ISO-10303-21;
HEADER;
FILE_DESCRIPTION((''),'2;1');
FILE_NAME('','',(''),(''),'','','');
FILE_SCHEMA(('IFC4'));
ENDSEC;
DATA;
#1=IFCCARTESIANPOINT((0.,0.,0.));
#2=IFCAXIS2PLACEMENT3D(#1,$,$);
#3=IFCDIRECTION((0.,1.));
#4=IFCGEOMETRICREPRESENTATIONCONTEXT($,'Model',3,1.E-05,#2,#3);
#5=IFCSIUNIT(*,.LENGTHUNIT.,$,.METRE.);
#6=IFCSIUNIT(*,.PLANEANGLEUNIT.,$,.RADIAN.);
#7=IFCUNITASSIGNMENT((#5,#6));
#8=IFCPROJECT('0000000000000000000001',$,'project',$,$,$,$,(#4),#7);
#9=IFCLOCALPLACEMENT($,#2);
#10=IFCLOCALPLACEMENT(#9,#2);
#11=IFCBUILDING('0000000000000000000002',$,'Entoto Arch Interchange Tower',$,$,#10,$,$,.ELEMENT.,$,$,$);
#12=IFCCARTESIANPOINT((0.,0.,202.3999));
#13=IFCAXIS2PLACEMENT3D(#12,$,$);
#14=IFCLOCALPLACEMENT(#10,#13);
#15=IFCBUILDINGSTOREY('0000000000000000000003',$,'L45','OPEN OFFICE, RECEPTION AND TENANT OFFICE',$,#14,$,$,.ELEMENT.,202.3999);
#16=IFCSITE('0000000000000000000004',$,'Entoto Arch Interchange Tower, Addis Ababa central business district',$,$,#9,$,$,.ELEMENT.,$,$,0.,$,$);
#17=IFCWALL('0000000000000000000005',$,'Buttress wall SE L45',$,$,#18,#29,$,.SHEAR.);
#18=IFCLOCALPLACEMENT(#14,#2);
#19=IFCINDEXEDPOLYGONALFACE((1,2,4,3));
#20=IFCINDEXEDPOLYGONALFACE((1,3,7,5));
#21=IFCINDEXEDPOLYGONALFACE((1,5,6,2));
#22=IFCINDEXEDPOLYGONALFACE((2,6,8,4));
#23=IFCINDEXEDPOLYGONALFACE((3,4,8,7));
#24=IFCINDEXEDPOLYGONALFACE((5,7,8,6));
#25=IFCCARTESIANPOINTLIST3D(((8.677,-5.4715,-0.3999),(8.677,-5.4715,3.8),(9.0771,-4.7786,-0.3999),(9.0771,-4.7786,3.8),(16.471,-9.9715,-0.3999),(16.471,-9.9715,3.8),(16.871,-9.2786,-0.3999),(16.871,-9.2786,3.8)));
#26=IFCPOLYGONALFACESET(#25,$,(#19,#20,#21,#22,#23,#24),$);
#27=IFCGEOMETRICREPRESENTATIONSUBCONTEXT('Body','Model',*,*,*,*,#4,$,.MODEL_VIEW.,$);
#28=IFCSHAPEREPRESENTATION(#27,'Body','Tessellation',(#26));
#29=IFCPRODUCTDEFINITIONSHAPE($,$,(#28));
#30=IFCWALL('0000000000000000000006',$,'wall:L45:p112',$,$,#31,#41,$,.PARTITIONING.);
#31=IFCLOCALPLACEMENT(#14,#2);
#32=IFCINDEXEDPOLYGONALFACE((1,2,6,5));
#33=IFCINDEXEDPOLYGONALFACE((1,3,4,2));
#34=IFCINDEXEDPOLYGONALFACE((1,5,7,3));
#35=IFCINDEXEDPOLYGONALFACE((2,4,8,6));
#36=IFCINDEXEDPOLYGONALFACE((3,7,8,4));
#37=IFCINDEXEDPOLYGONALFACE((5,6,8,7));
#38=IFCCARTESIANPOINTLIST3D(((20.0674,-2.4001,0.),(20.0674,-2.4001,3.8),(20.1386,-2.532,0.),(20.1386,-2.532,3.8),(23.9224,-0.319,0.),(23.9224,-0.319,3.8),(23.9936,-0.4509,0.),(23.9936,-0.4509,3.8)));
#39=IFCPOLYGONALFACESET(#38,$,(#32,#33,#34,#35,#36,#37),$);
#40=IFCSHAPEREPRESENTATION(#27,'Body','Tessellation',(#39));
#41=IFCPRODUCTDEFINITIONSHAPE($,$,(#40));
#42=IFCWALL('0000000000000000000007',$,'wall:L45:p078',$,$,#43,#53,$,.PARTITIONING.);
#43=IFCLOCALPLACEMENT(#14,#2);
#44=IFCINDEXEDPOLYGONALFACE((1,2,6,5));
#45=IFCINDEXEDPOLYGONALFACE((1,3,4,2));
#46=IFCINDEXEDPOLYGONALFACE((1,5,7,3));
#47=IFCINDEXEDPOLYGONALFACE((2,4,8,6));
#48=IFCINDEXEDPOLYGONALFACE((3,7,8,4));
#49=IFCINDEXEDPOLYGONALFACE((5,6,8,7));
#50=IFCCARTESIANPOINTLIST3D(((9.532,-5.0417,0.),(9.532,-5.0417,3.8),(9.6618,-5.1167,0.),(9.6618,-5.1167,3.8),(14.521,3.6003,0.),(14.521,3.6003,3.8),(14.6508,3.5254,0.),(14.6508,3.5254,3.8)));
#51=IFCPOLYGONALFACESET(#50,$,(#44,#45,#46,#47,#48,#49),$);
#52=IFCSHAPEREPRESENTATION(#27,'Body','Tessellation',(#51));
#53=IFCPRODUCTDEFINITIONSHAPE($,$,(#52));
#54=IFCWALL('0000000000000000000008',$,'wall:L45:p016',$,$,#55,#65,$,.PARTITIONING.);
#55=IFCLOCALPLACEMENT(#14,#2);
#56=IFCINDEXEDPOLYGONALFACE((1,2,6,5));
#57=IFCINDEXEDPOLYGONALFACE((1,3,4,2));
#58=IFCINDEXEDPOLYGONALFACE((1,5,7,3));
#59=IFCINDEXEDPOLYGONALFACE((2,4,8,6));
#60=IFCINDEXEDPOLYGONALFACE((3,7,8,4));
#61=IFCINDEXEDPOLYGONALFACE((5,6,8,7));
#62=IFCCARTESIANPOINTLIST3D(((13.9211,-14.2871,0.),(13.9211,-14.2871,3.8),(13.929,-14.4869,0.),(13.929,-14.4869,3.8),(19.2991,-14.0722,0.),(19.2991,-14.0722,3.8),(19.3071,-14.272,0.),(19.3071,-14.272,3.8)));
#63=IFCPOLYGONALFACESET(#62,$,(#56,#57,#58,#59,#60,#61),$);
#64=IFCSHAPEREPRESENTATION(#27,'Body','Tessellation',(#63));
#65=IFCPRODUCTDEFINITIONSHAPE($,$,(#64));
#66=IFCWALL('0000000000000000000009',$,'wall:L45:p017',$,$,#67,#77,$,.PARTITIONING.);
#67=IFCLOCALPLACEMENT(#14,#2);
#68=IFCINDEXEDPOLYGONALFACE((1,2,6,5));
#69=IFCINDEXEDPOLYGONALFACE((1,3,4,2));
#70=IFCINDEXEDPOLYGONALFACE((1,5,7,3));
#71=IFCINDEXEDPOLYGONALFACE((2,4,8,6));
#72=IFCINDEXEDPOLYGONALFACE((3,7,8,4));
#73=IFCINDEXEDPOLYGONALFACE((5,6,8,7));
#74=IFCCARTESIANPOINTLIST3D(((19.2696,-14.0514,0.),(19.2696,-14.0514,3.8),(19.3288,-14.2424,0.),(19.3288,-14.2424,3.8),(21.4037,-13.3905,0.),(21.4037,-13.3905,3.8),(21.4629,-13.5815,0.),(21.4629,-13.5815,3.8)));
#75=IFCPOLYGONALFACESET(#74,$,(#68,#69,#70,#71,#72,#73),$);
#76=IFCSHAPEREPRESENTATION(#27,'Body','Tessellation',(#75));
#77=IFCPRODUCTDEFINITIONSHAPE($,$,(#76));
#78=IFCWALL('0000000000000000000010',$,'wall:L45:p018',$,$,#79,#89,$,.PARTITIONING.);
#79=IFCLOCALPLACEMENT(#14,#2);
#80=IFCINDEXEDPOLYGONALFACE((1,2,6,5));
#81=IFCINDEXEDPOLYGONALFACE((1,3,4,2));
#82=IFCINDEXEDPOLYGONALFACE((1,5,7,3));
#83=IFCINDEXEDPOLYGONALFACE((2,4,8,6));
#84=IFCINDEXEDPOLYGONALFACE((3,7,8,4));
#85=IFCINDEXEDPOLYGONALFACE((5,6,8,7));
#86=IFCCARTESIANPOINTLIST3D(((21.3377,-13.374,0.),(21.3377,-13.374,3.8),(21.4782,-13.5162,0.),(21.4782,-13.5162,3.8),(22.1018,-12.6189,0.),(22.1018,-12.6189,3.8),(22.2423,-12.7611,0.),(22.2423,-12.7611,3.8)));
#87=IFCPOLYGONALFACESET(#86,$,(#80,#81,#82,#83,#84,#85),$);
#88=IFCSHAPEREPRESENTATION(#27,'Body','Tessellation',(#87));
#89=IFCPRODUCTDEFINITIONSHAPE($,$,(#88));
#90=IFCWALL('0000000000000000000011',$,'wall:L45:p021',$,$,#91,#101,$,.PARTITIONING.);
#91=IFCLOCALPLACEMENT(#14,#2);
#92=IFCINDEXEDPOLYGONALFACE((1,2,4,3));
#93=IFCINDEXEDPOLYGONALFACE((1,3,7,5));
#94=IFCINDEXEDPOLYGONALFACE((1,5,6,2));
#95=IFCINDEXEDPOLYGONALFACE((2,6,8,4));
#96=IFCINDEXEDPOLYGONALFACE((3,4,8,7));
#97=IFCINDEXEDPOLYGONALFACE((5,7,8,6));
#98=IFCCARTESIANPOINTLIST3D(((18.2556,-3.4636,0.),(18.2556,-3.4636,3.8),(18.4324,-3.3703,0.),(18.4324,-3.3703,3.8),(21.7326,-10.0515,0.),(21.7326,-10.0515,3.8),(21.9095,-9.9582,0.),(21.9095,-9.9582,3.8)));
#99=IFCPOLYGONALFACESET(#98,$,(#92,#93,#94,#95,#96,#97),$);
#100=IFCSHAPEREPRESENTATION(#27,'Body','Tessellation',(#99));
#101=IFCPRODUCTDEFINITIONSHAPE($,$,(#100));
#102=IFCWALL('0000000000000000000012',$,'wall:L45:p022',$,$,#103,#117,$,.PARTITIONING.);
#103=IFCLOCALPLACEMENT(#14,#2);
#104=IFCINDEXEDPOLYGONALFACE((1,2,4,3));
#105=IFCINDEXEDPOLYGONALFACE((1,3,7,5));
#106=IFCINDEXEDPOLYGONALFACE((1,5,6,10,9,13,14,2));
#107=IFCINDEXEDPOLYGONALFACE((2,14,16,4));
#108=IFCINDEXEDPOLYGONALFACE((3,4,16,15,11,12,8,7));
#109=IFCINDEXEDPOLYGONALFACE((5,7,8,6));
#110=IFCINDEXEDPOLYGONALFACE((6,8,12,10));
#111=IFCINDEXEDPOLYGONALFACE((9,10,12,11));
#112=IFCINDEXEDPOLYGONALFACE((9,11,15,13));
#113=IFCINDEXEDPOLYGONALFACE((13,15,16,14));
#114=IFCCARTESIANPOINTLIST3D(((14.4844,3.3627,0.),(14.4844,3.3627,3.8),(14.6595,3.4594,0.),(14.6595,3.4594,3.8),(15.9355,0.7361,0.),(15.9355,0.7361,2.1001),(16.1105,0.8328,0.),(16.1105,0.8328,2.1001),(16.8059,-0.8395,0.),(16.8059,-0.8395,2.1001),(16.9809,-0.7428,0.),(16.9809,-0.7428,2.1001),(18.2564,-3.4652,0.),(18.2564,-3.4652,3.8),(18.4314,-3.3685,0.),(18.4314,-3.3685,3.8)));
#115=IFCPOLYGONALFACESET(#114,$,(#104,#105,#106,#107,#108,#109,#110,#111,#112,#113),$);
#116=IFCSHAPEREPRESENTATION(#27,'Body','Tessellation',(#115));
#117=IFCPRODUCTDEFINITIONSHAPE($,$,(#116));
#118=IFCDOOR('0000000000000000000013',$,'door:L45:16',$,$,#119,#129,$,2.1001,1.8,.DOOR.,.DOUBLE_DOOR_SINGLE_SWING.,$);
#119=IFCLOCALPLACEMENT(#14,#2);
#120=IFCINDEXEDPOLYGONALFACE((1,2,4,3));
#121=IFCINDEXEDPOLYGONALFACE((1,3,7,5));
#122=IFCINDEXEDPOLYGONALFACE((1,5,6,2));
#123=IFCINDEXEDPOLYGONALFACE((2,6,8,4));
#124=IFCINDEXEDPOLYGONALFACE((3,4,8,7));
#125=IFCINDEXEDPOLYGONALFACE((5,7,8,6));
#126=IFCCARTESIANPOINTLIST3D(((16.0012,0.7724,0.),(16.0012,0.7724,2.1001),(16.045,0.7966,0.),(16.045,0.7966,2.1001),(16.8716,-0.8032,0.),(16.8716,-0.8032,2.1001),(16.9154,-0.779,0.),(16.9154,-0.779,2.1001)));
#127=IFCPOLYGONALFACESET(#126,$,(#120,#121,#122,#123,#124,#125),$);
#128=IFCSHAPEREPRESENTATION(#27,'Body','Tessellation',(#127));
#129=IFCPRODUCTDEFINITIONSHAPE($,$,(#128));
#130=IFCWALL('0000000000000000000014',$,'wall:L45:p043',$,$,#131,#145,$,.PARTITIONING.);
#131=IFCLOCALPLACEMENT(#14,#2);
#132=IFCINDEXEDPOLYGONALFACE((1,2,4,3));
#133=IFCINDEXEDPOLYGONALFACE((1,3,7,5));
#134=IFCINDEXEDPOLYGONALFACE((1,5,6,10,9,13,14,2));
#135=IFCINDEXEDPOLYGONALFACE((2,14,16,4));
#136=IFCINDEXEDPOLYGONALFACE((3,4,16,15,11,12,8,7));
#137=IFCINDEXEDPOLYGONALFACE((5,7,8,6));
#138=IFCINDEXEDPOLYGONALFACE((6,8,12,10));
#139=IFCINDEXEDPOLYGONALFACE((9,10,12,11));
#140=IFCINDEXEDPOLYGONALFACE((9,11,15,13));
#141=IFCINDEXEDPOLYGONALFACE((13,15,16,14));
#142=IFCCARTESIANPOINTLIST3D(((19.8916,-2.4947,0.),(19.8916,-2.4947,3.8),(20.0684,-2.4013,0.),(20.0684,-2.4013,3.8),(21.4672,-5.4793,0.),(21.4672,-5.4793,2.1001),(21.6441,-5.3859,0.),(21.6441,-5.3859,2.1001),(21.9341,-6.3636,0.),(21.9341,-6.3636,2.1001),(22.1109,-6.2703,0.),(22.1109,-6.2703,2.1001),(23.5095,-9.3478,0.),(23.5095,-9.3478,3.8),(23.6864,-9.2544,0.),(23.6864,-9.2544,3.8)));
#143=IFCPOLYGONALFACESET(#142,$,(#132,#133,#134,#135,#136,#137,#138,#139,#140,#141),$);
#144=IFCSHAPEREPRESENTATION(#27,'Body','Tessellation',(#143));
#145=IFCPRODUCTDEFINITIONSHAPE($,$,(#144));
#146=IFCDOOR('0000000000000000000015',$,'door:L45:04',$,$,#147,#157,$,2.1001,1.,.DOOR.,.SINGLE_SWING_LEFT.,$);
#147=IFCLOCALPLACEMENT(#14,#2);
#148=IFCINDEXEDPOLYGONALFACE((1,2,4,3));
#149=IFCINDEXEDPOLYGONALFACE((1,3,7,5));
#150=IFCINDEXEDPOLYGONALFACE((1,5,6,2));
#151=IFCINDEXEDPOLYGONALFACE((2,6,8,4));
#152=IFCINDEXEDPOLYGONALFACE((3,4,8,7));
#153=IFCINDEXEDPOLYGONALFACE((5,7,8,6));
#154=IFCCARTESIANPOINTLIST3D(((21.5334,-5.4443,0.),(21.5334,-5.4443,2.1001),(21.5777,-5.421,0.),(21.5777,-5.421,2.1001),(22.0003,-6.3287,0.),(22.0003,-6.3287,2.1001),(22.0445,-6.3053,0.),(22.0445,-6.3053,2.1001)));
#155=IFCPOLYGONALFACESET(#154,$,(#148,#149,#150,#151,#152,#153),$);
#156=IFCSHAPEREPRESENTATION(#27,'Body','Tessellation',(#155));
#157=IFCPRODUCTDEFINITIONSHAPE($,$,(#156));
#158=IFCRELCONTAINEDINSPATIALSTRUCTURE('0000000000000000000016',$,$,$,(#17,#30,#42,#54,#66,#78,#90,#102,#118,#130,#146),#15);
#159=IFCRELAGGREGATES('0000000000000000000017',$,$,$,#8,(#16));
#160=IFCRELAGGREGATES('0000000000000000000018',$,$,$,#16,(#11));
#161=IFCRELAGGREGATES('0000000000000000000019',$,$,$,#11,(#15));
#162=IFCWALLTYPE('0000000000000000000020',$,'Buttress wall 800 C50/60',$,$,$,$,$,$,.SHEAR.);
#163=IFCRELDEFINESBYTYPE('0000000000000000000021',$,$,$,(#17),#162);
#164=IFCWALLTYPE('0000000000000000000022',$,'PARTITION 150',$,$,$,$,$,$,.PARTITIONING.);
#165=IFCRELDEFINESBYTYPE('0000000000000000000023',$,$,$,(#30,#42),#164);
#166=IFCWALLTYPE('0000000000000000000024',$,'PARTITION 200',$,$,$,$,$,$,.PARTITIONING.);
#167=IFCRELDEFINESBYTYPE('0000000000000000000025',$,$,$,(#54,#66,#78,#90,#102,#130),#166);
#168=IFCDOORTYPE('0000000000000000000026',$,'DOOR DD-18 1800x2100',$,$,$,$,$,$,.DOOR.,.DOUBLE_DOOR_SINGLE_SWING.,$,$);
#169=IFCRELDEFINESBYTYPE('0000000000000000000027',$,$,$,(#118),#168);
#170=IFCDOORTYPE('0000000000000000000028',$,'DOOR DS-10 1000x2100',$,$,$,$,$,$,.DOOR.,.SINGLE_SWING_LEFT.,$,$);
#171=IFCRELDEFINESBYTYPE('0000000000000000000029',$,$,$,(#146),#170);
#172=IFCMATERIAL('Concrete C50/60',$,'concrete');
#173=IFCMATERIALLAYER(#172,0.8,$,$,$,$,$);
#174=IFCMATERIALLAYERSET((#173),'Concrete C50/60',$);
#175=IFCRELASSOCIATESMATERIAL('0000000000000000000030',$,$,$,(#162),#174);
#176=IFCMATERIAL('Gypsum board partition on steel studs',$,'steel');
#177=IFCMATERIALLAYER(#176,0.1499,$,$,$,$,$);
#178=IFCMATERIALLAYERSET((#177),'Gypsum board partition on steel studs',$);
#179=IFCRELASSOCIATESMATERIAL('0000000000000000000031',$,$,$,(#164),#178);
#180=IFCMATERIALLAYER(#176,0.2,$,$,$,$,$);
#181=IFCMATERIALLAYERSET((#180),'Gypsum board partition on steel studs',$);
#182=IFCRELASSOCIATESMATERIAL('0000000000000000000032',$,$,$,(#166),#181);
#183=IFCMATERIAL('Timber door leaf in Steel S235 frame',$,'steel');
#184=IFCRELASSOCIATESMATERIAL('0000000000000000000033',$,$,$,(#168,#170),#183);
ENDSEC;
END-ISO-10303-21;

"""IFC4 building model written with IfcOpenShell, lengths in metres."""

from ifc_helpers import new_model, si_unit, direction, frame, frame_2d, origin, place, context, subcontext, project, spatial, rectangle, extrude, material, layer, layer_set, type_object, element, fill, save


model = new_model("IFC4")

# Units and contexts
model_context = context("Model", 3, precision=1e-05, world=origin(), true_north=direction((0.0, 1.0)))
body_context = subcontext(model_context, "Body", "Model", "MODEL_VIEW")
ifc_project = project(units=[si_unit("LENGTHUNIT", "METRE"), si_unit("PLANEANGLEUNIT", "RADIAN")], contexts=[model_context])

# Site, building, storey
site_placement = place(None, origin())
site = spatial("IfcSite", under=ifc_project, at=site_placement, Name="Entoto Arch Interchange Tower, Addis Ababa central business district", CompositionType="ELEMENT", RefElevation=0.0)
building_placement = place(site_placement, origin())
building = spatial("IfcBuilding", under=site, at=building_placement, Name="Entoto Arch Interchange Tower", CompositionType="ELEMENT")
storey_placement = place(building_placement, frame((0.0, 0.0, 202.3999)))
storey = spatial("IfcBuildingStorey", under=building, at=storey_placement, Name="L45", Description="OPEN OFFICE, RECEPTION AND TENANT OFFICE", CompositionType="ELEMENT", Elevation=202.3999)

# Walls
ifc_material_1 = material(Name="Concrete C50/60", Category="concrete")
ifc_layer_1 = layer(ifc_material_1, 0.8)
ifc_layer_set_1 = layer_set([ifc_layer_1], Name="Concrete C50/60")
wall_type_1 = type_object("IfcWallType", Name="Buttress wall 800 C50/60", PredefinedType="SHEAR", material=ifc_layer_set_1)
wall_1_placement = place(storey_placement, frame((8.877, -5.125, -0.3999), z_axis=(0.0, 0.0, 1.0), x_axis=(0.866018, -0.500014, 0.0)))
element("IfcWall", 1, at=wall_1_placement, inside=storey, type_object=wall_type_1, Name="Buttress wall SE L45", PredefinedType="SHEAR", context=body_context, shape_type="SweptSolid", body=[
    extrude(rectangle(XDim=8.9998, YDim=0.8, at=frame_2d((4.5, 0.0))), origin(), (0.0, 0.0, 1.0), 4.2),
])
ifc_material_2 = material(Name="Gypsum board partition on steel studs", Category="steel")
ifc_layer_2 = layer(ifc_material_2, 0.1499)
ifc_layer_set_2 = layer_set([ifc_layer_2], Name="Gypsum board partition on steel studs")
wall_type_2 = type_object("IfcWallType", Name="PARTITION 150", PredefinedType="PARTITIONING", material=ifc_layer_set_2)
wall_2_placement = place(storey_placement, frame((20.103, -2.4661, 0.0), z_axis=(0.0, 0.0, 1.0), x_axis=(0.879966, 0.475037, 0.0)))
element("IfcWall", 2, at=wall_2_placement, inside=storey, type_object=wall_type_2, Name="wall:L45:p112", PredefinedType="PARTITIONING", context=body_context, shape_type="SweptSolid", body=[
    extrude(rectangle(XDim=4.3809, YDim=0.1499, at=frame_2d((2.1904, 0.0))), origin(), (0.0, 0.0, 1.0), 3.8),
])
wall_3_placement = place(storey_placement, frame((9.5969, -5.0791, 0.0), z_axis=(0.0, 0.0, 1.0), x_axis=(0.499962, 0.866047, 0.0)))
element("IfcWall", 3, at=wall_3_placement, inside=storey, type_object=wall_type_2, Name="wall:L45:p078", PredefinedType="PARTITIONING", context=body_context, shape_type="SweptSolid", body=[
    extrude(rectangle(XDim=9.9788, YDim=0.1499, at=frame_2d((4.9893, 0.0))), origin(), (0.0, 0.0, 1.0), 3.8),
])
ifc_layer_3 = layer(ifc_material_2, 0.2)
ifc_layer_set_3 = layer_set([ifc_layer_3], Name="Gypsum board partition on steel studs")
wall_type_3 = type_object("IfcWallType", Name="PARTITION 200", PredefinedType="PARTITIONING", material=ifc_layer_set_3)
wall_4_placement = place(storey_placement, frame((13.925, -14.387, 0.0), z_axis=(0.0, 0.0, 1.0), x_axis=(0.999203, 0.039917, 0.0)))
element("IfcWall", 4, at=wall_4_placement, inside=storey, type_object=wall_type_3, Name="wall:L45:p016", PredefinedType="PARTITIONING", context=body_context, shape_type="SweptSolid", body=[
    extrude(rectangle(XDim=5.3823, YDim=0.2, at=frame_2d((2.6912, 0.0))), origin(), (0.0, 0.0, 1.0), 3.8),
])
wall_5_placement = place(storey_placement, frame((19.2991, -14.147, 0.0), z_axis=(0.0, 0.0, 1.0), x_axis=(0.955241, 0.295829, 0.0)))
element("IfcWall", 5, at=wall_5_placement, inside=storey, type_object=wall_type_3, Name="wall:L45:p017", PredefinedType="PARTITIONING", context=body_context, shape_type="SweptSolid", body=[
    extrude(rectangle(XDim=2.2341, YDim=0.2, at=frame_2d((1.1172, 0.0))), origin(), (0.0, 0.0, 1.0), 3.8),
])
wall_6_placement = place(storey_placement, frame((21.408, -13.4451, 0.0), z_axis=(0.0, 0.0, 1.0), x_axis=(0.711298, 0.70289, 0.0)))
element("IfcWall", 6, at=wall_6_placement, inside=storey, type_object=wall_type_3, Name="wall:L45:p018", PredefinedType="PARTITIONING", context=body_context, shape_type="SweptSolid", body=[
    extrude(rectangle(XDim=1.0742, YDim=0.2, at=frame_2d((0.5371, 0.0))), origin(), (0.0, 0.0, 1.0), 3.8),
])
wall_7_placement = place(storey_placement, frame((21.821, -10.0049, 0.0), z_axis=(0.0, 0.0, 1.0), x_axis=(-0.46677, 0.884379, 0.0)))
element("IfcWall", 7, at=wall_7_placement, inside=storey, type_object=wall_type_3, Name="wall:L45:p021", PredefinedType="PARTITIONING", context=body_context, shape_type="SweptSolid", body=[
    extrude(rectangle(XDim=7.4492, YDim=0.2, at=frame_2d((3.7246, 0.0))), origin(), (0.0, 0.0, 1.0), 3.8),
])

# Walls, openings, doors
wall_8_placement = place(storey_placement, frame((18.344, -3.417, 0.0), z_axis=(0.0, 0.0, 1.0), x_axis=(-0.483556, 0.875314, 0.0)))
wall_8 = element("IfcWall", 8, at=wall_8_placement, inside=storey, type_object=wall_type_3, Name="wall:L45:p022", PredefinedType="PARTITIONING", context=body_context, shape_type="SweptSolid", body=[
    extrude(rectangle(XDim=7.8005, YDim=0.2, at=frame_2d((3.9004, 0.0))), origin(), (0.0, 0.0, 1.0), 3.8),
])
opening_1_placement = place(wall_8_placement, frame((3.0, 0.0, 0.0)))
opening_1 = element("IfcOpeningElement", 9, at=opening_1_placement, cuts=wall_8, PredefinedType="OPENING", context=body_context, shape_type="SweptSolid", body=[
    extrude(rectangle(XDim=1.8, YDim=2.1001, at=frame_2d((0.8999, 1.05))), frame((0.0, 0.1099, 0.0), z_axis=(0.0, -1.0, 0.0), x_axis=(1.0, 0.0, 0.0)), (0.0, 0.0, 1.0), 0.22),
])
ifc_material_3 = material(Name="Timber door leaf in Steel S235 frame", Category="steel")
door_type_1 = type_object("IfcDoorType", Name="DOOR DD-18 1800x2100", OperationType="DOUBLE_DOOR_SINGLE_SWING", PredefinedType="DOOR", material=ifc_material_3)
door_1_placement = place(opening_1_placement, origin())
door_1 = element("IfcDoor", 10, at=door_1_placement, inside=storey, type_object=door_type_1, Name="door:L45:16", OperationType="DOUBLE_DOOR_SINGLE_SWING", OverallHeight=2.1001, OverallWidth=1.8, PredefinedType="DOOR", context=body_context, shape_type="SweptSolid", body=[
    extrude(rectangle(XDim=1.8, YDim=2.1001, at=frame_2d((0.8999, 1.05))), frame((0.0, 0.0249, 0.0), z_axis=(0.0, -1.0, 0.0), x_axis=(1.0, 0.0, 0.0)), (0.0, 0.0, 1.0), 0.05),
])
fill(opening_1, door_1)
wall_9_placement = place(storey_placement, frame((19.98, -2.448, 0.0), z_axis=(0.0, 0.0, 1.0), x_axis=(0.466864, -0.884329, 0.0)))
wall_9 = element("IfcWall", 11, at=wall_9_placement, inside=storey, type_object=wall_type_3, Name="wall:L45:p043", PredefinedType="PARTITIONING", context=body_context, shape_type="SweptSolid", body=[
    extrude(rectangle(XDim=7.7495, YDim=0.2, at=frame_2d((3.8748, 0.0))), origin(), (0.0, 0.0, 1.0), 3.8),
])
opening_2_placement = place(wall_9_placement, frame((3.375, 0.0, 0.0)))
opening_2 = element("IfcOpeningElement", 12, at=opening_2_placement, cuts=wall_9, PredefinedType="OPENING", context=body_context, shape_type="SweptSolid", body=[
    extrude(rectangle(XDim=1.0, YDim=2.1001, at=frame_2d((0.5, 1.05))), frame((0.0, 0.1099, 0.0), z_axis=(0.0, -1.0, 0.0), x_axis=(1.0, 0.0, 0.0)), (0.0, 0.0, 1.0), 0.22),
])
door_type_2 = type_object("IfcDoorType", Name="DOOR DS-10 1000x2100", OperationType="SINGLE_SWING_LEFT", PredefinedType="DOOR", material=ifc_material_3)
door_2_placement = place(opening_2_placement, origin())
door_2 = element("IfcDoor", 13, at=door_2_placement, inside=storey, type_object=door_type_2, Name="door:L45:04", OperationType="SINGLE_SWING_LEFT", OverallHeight=2.1001, OverallWidth=1.0, PredefinedType="DOOR", context=body_context, shape_type="SweptSolid", body=[
    extrude(rectangle(XDim=1.0, YDim=2.1001, at=frame_2d((0.5, 1.05))), frame((0.0, 0.0249, 0.0), z_axis=(0.0, -1.0, 0.0), x_axis=(1.0, 0.0, 0.0)), (0.0, 0.0, 1.0), 0.05),
])
fill(opening_2, door_2)

save(model, "model.ifc")
